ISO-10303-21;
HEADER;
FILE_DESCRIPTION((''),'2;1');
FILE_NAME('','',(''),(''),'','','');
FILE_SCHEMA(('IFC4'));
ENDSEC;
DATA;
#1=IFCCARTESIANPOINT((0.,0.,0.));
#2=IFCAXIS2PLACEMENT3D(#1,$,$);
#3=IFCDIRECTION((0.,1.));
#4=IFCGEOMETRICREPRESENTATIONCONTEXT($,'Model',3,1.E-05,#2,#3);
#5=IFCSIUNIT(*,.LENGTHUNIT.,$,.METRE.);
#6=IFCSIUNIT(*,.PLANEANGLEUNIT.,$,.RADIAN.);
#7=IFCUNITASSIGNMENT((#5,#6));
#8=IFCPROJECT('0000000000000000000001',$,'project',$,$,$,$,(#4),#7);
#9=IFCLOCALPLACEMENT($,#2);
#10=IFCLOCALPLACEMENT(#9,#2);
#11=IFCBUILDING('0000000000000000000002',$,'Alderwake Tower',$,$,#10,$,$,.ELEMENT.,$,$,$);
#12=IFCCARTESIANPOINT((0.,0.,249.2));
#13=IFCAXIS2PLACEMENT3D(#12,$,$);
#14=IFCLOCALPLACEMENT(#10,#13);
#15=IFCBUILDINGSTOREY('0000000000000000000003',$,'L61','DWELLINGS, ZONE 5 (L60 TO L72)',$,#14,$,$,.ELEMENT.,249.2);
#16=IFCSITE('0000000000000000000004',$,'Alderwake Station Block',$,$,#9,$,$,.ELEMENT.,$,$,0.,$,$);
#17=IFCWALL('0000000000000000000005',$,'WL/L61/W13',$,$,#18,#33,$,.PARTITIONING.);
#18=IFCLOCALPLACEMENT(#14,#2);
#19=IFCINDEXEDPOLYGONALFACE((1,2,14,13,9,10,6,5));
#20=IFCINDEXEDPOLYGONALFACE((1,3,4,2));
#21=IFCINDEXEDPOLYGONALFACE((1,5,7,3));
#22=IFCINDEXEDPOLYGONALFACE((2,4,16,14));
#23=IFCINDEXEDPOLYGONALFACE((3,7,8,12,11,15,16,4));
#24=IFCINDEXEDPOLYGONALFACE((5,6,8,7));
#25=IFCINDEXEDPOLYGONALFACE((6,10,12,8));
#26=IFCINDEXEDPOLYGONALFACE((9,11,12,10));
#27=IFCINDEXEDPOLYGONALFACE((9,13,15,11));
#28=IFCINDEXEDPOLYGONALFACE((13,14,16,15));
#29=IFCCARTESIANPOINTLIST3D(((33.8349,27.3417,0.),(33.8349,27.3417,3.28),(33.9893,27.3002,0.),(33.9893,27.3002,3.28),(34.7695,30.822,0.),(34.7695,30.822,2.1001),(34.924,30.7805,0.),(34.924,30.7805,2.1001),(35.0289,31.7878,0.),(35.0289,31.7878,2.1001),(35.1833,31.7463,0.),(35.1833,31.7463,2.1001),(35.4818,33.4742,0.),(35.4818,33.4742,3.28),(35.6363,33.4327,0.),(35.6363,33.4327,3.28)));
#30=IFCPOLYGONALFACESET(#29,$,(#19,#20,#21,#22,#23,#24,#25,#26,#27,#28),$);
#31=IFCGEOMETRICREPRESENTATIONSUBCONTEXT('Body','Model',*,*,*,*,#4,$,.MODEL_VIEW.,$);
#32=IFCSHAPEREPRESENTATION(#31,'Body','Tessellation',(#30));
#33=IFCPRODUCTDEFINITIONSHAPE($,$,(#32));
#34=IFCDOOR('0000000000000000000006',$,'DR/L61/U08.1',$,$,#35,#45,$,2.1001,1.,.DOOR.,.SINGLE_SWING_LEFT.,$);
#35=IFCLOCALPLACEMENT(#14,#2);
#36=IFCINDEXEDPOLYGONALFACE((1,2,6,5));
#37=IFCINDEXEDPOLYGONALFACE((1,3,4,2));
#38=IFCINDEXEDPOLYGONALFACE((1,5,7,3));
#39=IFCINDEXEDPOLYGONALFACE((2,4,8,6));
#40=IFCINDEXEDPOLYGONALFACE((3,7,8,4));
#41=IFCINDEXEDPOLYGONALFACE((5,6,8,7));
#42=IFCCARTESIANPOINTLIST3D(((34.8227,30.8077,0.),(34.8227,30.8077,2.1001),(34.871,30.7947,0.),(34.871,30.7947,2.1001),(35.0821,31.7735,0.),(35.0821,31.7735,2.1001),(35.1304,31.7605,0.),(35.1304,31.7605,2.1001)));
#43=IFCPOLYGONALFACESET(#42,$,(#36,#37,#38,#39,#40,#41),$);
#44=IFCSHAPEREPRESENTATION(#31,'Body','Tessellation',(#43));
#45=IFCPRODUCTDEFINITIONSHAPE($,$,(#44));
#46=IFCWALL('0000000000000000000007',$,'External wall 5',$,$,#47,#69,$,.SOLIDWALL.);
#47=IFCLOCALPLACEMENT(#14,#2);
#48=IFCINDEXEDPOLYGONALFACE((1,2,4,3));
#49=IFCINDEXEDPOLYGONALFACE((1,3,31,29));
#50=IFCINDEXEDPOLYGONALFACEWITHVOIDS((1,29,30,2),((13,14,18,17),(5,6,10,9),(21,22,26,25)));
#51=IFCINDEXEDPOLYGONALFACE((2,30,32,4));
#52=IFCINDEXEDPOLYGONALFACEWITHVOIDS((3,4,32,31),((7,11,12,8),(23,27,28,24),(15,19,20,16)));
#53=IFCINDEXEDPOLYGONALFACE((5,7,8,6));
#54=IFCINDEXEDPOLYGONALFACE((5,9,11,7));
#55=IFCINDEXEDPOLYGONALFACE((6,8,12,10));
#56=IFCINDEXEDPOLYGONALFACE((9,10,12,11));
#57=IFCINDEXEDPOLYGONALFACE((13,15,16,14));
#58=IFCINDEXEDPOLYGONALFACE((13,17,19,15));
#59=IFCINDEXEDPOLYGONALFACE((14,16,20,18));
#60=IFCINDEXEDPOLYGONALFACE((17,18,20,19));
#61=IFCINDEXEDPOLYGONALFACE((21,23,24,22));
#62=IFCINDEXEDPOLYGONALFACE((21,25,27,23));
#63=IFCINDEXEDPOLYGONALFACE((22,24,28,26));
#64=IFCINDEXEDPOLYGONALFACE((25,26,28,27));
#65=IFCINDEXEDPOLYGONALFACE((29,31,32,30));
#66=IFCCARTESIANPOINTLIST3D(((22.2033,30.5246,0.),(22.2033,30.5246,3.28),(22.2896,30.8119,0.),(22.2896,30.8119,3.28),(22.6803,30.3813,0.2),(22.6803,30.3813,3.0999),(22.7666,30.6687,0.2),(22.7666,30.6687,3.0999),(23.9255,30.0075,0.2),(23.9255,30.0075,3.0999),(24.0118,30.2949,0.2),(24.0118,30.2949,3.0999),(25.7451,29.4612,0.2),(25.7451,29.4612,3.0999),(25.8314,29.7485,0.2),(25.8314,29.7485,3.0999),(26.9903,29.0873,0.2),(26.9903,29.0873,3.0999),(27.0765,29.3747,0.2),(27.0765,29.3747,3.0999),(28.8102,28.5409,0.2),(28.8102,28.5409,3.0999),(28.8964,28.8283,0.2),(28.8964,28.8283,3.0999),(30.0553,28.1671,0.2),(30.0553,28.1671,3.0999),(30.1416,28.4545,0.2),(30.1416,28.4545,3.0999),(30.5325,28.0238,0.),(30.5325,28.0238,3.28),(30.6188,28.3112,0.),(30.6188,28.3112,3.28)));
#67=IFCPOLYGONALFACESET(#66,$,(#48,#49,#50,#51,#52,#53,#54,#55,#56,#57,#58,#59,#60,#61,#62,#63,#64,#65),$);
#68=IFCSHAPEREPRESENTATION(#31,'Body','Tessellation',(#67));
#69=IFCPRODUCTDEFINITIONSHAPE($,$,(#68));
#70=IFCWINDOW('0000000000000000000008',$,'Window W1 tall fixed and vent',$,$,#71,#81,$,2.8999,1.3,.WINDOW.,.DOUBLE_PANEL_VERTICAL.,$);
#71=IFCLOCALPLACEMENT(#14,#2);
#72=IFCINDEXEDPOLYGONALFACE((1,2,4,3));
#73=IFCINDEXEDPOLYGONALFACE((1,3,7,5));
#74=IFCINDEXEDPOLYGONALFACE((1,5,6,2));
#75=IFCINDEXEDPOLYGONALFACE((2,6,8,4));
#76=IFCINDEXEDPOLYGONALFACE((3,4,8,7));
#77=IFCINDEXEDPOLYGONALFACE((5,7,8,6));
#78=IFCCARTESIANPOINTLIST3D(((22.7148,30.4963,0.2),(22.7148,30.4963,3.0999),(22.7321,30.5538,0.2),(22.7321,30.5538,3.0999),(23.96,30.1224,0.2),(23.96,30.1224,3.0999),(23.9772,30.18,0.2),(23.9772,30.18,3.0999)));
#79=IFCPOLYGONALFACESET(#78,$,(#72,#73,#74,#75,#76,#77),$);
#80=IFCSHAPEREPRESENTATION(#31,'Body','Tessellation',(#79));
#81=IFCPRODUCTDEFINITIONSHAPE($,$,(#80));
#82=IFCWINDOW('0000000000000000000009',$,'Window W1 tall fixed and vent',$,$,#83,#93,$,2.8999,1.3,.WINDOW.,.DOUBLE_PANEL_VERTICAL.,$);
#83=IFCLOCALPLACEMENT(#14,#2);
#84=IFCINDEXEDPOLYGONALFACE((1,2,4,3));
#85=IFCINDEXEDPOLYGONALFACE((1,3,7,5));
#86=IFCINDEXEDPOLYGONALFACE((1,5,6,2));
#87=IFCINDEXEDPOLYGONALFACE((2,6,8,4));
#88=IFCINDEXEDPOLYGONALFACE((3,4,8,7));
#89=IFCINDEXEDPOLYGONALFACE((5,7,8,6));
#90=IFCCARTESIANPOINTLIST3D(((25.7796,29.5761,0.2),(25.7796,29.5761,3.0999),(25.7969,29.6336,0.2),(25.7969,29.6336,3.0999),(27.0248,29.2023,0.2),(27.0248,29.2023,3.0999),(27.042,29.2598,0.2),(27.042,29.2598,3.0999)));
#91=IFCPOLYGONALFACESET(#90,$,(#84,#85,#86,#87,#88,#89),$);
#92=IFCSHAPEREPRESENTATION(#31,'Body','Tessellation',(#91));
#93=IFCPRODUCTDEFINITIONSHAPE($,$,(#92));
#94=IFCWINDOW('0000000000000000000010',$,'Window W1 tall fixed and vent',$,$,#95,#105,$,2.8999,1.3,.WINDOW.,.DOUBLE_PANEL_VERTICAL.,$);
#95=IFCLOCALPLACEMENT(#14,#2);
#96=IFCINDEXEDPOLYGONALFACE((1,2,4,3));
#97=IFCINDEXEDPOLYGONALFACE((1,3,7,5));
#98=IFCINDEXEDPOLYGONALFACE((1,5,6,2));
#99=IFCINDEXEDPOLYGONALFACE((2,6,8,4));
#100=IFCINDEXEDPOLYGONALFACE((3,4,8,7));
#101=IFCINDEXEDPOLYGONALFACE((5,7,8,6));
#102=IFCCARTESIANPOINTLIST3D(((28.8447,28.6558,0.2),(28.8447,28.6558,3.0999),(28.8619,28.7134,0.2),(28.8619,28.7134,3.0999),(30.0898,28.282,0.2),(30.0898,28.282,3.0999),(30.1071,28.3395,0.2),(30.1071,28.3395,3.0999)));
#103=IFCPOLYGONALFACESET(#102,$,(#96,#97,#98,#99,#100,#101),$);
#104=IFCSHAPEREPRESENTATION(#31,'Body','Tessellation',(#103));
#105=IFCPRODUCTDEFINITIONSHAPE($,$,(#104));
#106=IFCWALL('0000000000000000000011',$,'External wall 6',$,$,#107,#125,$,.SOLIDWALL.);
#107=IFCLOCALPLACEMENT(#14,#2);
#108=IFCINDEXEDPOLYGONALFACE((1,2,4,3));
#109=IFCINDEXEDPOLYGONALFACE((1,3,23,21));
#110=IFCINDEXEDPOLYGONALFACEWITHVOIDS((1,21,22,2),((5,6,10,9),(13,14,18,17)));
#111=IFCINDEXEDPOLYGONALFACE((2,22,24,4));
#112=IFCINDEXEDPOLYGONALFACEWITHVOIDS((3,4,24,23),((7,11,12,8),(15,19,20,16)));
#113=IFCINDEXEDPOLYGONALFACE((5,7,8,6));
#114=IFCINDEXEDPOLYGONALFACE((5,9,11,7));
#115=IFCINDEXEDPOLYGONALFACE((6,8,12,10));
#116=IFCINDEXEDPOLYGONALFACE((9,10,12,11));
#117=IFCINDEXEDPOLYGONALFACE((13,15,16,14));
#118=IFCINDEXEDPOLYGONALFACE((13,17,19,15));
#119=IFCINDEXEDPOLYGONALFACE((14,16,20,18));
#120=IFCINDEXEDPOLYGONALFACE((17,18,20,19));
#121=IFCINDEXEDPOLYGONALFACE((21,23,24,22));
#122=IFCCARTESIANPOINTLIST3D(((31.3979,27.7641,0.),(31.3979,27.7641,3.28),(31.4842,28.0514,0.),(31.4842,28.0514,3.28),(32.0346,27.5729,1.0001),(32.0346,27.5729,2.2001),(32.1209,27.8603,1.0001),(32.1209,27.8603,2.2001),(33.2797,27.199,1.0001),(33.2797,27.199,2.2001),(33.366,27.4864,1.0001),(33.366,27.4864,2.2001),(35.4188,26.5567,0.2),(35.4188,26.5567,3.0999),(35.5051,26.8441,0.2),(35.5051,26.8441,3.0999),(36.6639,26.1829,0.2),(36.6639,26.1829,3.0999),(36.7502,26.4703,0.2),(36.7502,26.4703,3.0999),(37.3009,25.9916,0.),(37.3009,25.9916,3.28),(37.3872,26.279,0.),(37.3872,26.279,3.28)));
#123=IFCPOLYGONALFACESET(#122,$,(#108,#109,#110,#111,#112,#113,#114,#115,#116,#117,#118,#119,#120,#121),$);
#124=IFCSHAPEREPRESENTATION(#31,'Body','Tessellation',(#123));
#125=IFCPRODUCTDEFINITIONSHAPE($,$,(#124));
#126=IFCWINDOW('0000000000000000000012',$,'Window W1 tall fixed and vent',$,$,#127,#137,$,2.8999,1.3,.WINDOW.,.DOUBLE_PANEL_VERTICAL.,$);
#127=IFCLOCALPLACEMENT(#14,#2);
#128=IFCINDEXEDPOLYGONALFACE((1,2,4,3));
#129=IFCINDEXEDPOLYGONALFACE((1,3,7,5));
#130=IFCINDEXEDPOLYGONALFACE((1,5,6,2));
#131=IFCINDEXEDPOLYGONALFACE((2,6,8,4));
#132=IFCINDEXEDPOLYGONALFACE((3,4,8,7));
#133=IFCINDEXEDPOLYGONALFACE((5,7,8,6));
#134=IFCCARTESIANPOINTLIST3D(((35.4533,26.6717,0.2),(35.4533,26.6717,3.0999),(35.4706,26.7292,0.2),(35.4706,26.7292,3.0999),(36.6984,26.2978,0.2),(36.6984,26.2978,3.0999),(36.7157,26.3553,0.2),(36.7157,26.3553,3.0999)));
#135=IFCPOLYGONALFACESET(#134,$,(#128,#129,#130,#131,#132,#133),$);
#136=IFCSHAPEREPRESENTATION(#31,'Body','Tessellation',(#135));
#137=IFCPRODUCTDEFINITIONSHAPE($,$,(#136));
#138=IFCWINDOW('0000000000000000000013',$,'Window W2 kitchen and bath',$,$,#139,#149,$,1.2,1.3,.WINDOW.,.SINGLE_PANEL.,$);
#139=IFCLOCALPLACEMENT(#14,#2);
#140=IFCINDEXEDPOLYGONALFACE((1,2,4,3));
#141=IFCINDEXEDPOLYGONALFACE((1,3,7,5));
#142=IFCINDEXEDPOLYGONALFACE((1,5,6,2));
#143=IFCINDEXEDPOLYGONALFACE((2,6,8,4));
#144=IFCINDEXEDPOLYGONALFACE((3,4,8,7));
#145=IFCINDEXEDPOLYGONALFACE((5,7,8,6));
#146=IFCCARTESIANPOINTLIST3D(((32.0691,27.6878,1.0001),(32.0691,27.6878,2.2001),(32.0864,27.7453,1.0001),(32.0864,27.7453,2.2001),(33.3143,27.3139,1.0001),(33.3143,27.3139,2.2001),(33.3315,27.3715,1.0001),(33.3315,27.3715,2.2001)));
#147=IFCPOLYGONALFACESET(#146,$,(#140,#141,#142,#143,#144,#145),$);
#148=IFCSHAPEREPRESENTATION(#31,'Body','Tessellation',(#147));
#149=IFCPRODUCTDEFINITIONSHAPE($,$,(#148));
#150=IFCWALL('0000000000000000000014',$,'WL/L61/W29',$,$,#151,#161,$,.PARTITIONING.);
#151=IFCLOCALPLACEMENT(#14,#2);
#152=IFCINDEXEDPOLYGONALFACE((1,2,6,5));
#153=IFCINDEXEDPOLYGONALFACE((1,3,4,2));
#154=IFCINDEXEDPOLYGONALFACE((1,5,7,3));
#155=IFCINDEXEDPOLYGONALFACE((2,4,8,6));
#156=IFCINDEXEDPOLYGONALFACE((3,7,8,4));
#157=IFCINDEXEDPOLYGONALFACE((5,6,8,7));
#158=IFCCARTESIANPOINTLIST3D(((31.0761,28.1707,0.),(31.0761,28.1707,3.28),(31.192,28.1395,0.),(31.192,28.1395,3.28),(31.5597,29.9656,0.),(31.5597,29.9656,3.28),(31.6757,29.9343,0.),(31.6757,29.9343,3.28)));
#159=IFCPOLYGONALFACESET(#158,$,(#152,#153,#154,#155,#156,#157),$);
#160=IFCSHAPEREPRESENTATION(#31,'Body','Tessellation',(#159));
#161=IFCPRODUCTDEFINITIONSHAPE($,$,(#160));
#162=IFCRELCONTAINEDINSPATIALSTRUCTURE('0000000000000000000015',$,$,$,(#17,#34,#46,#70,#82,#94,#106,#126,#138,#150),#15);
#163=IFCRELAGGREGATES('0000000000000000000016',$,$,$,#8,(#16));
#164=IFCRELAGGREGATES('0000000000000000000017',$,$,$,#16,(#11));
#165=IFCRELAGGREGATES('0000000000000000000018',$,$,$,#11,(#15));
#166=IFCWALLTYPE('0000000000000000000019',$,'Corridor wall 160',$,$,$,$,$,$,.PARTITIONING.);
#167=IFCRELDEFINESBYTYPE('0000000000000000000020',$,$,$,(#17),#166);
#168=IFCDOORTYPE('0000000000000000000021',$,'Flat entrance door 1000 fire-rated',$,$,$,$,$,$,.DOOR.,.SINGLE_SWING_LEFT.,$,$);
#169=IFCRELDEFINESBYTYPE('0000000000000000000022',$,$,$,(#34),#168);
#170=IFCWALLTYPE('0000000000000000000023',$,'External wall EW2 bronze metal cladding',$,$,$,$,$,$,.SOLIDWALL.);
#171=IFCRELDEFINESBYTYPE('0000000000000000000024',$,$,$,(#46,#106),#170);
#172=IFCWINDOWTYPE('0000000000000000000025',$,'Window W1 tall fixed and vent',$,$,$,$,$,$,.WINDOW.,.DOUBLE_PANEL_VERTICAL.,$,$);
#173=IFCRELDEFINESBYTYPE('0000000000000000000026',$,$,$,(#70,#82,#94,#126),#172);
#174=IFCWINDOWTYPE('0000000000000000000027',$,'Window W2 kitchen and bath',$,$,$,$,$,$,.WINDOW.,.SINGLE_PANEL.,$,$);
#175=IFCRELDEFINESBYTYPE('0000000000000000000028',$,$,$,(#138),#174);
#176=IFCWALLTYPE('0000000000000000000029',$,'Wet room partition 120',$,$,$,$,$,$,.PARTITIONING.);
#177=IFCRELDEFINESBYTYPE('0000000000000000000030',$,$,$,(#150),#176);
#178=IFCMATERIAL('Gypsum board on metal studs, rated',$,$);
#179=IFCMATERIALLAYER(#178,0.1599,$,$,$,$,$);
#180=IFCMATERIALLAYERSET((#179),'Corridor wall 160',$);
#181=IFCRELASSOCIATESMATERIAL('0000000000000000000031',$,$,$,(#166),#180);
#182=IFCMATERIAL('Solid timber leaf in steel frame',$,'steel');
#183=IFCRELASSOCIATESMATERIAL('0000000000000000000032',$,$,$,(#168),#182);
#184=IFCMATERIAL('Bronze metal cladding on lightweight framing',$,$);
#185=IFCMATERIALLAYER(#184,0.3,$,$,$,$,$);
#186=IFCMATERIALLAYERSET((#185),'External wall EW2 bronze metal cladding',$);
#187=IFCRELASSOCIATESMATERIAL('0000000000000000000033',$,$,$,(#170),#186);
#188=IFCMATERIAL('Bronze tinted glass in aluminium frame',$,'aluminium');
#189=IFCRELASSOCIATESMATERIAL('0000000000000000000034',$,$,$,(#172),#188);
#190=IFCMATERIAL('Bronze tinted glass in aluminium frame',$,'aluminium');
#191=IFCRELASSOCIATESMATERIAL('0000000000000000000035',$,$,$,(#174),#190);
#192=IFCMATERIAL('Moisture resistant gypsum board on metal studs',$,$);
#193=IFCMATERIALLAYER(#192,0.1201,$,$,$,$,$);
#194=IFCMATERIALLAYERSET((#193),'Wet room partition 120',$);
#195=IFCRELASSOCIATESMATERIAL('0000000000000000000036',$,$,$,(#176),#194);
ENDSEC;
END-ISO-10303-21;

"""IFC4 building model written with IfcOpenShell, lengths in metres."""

from ifc_helpers import new_model, si_unit, direction, frame, frame_2d, origin, place, context, subcontext, project, spatial, rectangle, extrude, material, layer, layer_set, type_object, element, fill, save


model = new_model("IFC4")

# Units and contexts
model_context = context("Model", 3, precision=1e-05, world=origin(), true_north=direction((0.0, 1.0)))
body_context = subcontext(model_context, "Body", "Model", "MODEL_VIEW")
ifc_project = project(units=[si_unit("LENGTHUNIT", "METRE"), si_unit("PLANEANGLEUNIT", "RADIAN")], contexts=[model_context])

# Site, building, storey
site_placement = place(None, origin())
site = spatial("IfcSite", under=ifc_project, at=site_placement, Name="Alderwake Station Block", CompositionType="ELEMENT", RefElevation=0.0)
building_placement = place(site_placement, origin())
building = spatial("IfcBuilding", under=site, at=building_placement, Name="Alderwake Tower", CompositionType="ELEMENT")
storey_placement = place(building_placement, frame((0.0, 0.0, 249.2)))
storey = spatial("IfcBuildingStorey", under=building, at=storey_placement, Name="L61", Description="DWELLINGS, ZONE 5 (L60 TO L72)", CompositionType="ELEMENT", Elevation=249.2)

# Wall, opening, door
ifc_material_1 = material(Name="Gypsum board on metal studs, rated")
ifc_layer_1 = layer(ifc_material_1, 0.1599)
ifc_layer_set_1 = layer_set([ifc_layer_1], Name="Corridor wall 160")
wall_type_1 = type_object("IfcWallType", Name="Corridor wall 160", PredefinedType="PARTITIONING", material=ifc_layer_set_1)
wall_1_placement = place(storey_placement, frame((33.9121, 27.321, 0.0), z_axis=(0.0, 0.0, 1.0), x_axis=(0.259371, 0.965778, 0.0)))
wall_1 = element("IfcWall", 1, at=wall_1_placement, inside=storey, type_object=wall_type_1, Name="WL/L61/W13", PredefinedType="PARTITIONING", context=body_context, shape_type="SweptSolid", body=[
    extrude(rectangle(XDim=6.3499, YDim=0.1599, at=frame_2d((3.1748, 0.0))), origin(), (0.0, 0.0, 1.0), 3.28),
])
opening_1_placement = place(wall_1_placement, frame((3.6035, 0.0, 0.0)))
opening_1 = element("IfcOpeningElement", 2, at=opening_1_placement, cuts=wall_1, PredefinedType="OPENING", context=body_context, shape_type="SweptSolid", body=[
    extrude(rectangle(XDim=1.0, YDim=2.1001, at=frame_2d((0.5, 1.05))), frame((0.0, 0.0898, 0.0), z_axis=(0.0, -1.0, 0.0), x_axis=(1.0, 0.0, 0.0)), (0.0, 0.0, 1.0), 0.1799),
])
ifc_material_2 = material(Name="Solid timber leaf in steel frame", Category="steel")
door_type_1 = type_object("IfcDoorType", Name="Flat entrance door 1000 fire-rated", OperationType="SINGLE_SWING_LEFT", PredefinedType="DOOR", material=ifc_material_2)
door_1_placement = place(opening_1_placement, origin())
door_1 = element("IfcDoor", 3, at=door_1_placement, inside=storey, type_object=door_type_1, Name="DR/L61/U08.1", OperationType="SINGLE_SWING_LEFT", OverallHeight=2.1001, OverallWidth=1.0, PredefinedType="DOOR", context=body_context, shape_type="SweptSolid", body=[
    extrude(rectangle(XDim=1.0, YDim=2.1001, at=frame_2d((0.5, 1.05))), frame((0.0, 0.0249, 0.0), z_axis=(0.0, -1.0, 0.0), x_axis=(1.0, 0.0, 0.0)), (0.0, 0.0, 1.0), 0.05),
])
fill(opening_1, door_1)

# Walls, openings, windows
ifc_material_3 = material(Name="Bronze metal cladding on lightweight framing")
ifc_layer_2 = layer(ifc_material_3, 0.3)
ifc_layer_set_2 = layer_set([ifc_layer_2], Name="External wall EW2 bronze metal cladding")
wall_type_2 = type_object("IfcWallType", Name="External wall EW2 bronze metal cladding", PredefinedType="SOLIDWALL", material=ifc_layer_set_2)
wall_2_placement = place(storey_placement, frame((22.2466, 30.6682, 0.0), z_axis=(0.0, 0.0, 1.0), x_axis=(0.957763, -0.287559, 0.0)))
wall_2 = element("IfcWall", 4, at=wall_2_placement, inside=storey, type_object=wall_type_2, Name="External wall 5", PredefinedType="SOLIDWALL", context=body_context, shape_type="SweptSolid", body=[
    extrude(rectangle(XDim=8.6965, YDim=0.3, at=frame_2d((4.3481, 0.0))), origin(), (0.0, 0.0, 1.0), 3.28),
])
opening_2_placement = place(wall_2_placement, frame((0.498, 0.0, 0.2)))
opening_2 = element("IfcOpeningElement", 5, at=opening_2_placement, cuts=wall_2, PredefinedType="OPENING", context=body_context, shape_type="SweptSolid", body=[
    extrude(rectangle(XDim=1.3, YDim=2.8999, at=frame_2d((0.6499, 1.45))), frame((0.0, 0.1599, 0.0), z_axis=(0.0, -1.0, 0.0), x_axis=(1.0, 0.0, 0.0)), (0.0, 0.0, 1.0), 0.3201),
])
opening_3_placement = place(wall_2_placement, frame((3.698, 0.0, 0.2)))
opening_3 = element("IfcOpeningElement", 6, at=opening_3_placement, cuts=wall_2, PredefinedType="OPENING", context=body_context, shape_type="SweptSolid", body=[
    extrude(rectangle(XDim=1.3, YDim=2.8999, at=frame_2d((0.6499, 1.45))), frame((0.0, 0.1599, 0.0), z_axis=(0.0, -1.0, 0.0), x_axis=(1.0, 0.0, 0.0)), (0.0, 0.0, 1.0), 0.3201),
])
opening_4_placement = place(wall_2_placement, frame((6.8982, 0.0, 0.2)))
opening_4 = element("IfcOpeningElement", 7, at=opening_4_placement, cuts=wall_2, PredefinedType="OPENING", context=body_context, shape_type="SweptSolid", body=[
    extrude(rectangle(XDim=1.3, YDim=2.8999, at=frame_2d((0.6499, 1.45))), frame((0.0, 0.1599, 0.0), z_axis=(0.0, -1.0, 0.0), x_axis=(1.0, 0.0, 0.0)), (0.0, 0.0, 1.0), 0.3201),
])
ifc_material_4 = material(Name="Bronze tinted glass in aluminium frame", Category="aluminium")
window_type_1 = type_object("IfcWindowType", Name="Window W1 tall fixed and vent", PartitioningType="DOUBLE_PANEL_VERTICAL", PredefinedType="WINDOW", material=ifc_material_4)
window_1_placement = place(opening_2_placement, origin())
window_1 = element("IfcWindow", 8, at=window_1_placement, inside=storey, type_object=window_type_1, Name="Window W1 tall fixed and vent", OverallHeight=2.8999, OverallWidth=1.3, PartitioningType="DOUBLE_PANEL_VERTICAL", PredefinedType="WINDOW", context=body_context, shape_type="SweptSolid", body=[
    extrude(rectangle(XDim=1.3, YDim=2.8999, at=frame_2d((0.6499, 1.45))), frame((0.0, 0.03, 0.0), z_axis=(0.0, -1.0, 0.0), x_axis=(1.0, 0.0, 0.0)), (0.0, 0.0, 1.0), 0.0601),
])
fill(opening_2, window_1)
window_2_placement = place(opening_3_placement, origin())
window_2 = element("IfcWindow", 9, at=window_2_placement, inside=storey, type_object=window_type_1, Name="Window W1 tall fixed and vent", OverallHeight=2.8999, OverallWidth=1.3, PartitioningType="DOUBLE_PANEL_VERTICAL", PredefinedType="WINDOW", context=body_context, shape_type="SweptSolid", body=[
    extrude(rectangle(XDim=1.3, YDim=2.8999, at=frame_2d((0.6499, 1.45))), frame((0.0, 0.03, 0.0), z_axis=(0.0, -1.0, 0.0), x_axis=(1.0, 0.0, 0.0)), (0.0, 0.0, 1.0), 0.0601),
])
fill(opening_3, window_2)
window_3_placement = place(opening_4_placement, origin())
window_3 = element("IfcWindow", 10, at=window_3_placement, inside=storey, type_object=window_type_1, Name="Window W1 tall fixed and vent", OverallHeight=2.8999, OverallWidth=1.3, PartitioningType="DOUBLE_PANEL_VERTICAL", PredefinedType="WINDOW", context=body_context, shape_type="SweptSolid", body=[
    extrude(rectangle(XDim=1.3, YDim=2.8999, at=frame_2d((0.6499, 1.45))), frame((0.0, 0.03, 0.0), z_axis=(0.0, -1.0, 0.0), x_axis=(1.0, 0.0, 0.0)), (0.0, 0.0, 1.0), 0.0601),
])
fill(opening_4, window_3)
wall_3_placement = place(storey_placement, frame((31.4412, 27.9077, 0.0), z_axis=(0.0, 0.0, 1.0), x_axis=(0.957758, -0.287577, 0.0)))
wall_3 = element("IfcWall", 11, at=wall_3_placement, inside=storey, type_object=wall_type_2, Name="External wall 6", PredefinedType="SOLIDWALL", context=body_context, shape_type="SweptSolid", body=[
    extrude(rectangle(XDim=6.1633, YDim=0.3, at=frame_2d((3.0815, 0.0))), origin(), (0.0, 0.0, 1.0), 3.28),
])
opening_5_placement = place(wall_3_placement, frame((0.6648, 0.0, 1.0)))
opening_5 = element("IfcOpeningElement", 12, at=opening_5_placement, cuts=wall_3, PredefinedType="OPENING", context=body_context, shape_type="SweptSolid", body=[
    extrude(rectangle(XDim=1.3, YDim=1.2, at=frame_2d((0.6499, 0.6001))), frame((0.0, 0.1599, 0.0), z_axis=(0.0, -1.0, 0.0), x_axis=(1.0, 0.0, 0.0)), (0.0, 0.0, 1.0), 0.3201),
])
opening_6_placement = place(wall_3_placement, frame((4.1982, 0.0, 0.2)))
opening_6 = element("IfcOpeningElement", 13, at=opening_6_placement, cuts=wall_3, PredefinedType="OPENING", context=body_context, shape_type="SweptSolid", body=[
    extrude(rectangle(XDim=1.3, YDim=2.8999, at=frame_2d((0.6499, 1.45))), frame((0.0, 0.1599, 0.0), z_axis=(0.0, -1.0, 0.0), x_axis=(1.0, 0.0, 0.0)), (0.0, 0.0, 1.0), 0.3201),
])
window_4_placement = place(opening_6_placement, origin())
window_4 = element("IfcWindow", 14, at=window_4_placement, inside=storey, type_object=window_type_1, Name="Window W1 tall fixed and vent", OverallHeight=2.8999, OverallWidth=1.3, PartitioningType="DOUBLE_PANEL_VERTICAL", PredefinedType="WINDOW", context=body_context, shape_type="SweptSolid", body=[
    extrude(rectangle(XDim=1.3, YDim=2.8999, at=frame_2d((0.6499, 1.45))), frame((0.0, 0.03, 0.0), z_axis=(0.0, -1.0, 0.0), x_axis=(1.0, 0.0, 0.0)), (0.0, 0.0, 1.0), 0.0601),
])
fill(opening_6, window_4)
ifc_material_5 = material(Name="Bronze tinted glass in aluminium frame", Category="aluminium")
window_type_2 = type_object("IfcWindowType", Name="Window W2 kitchen and bath", PartitioningType="SINGLE_PANEL", PredefinedType="WINDOW", material=ifc_material_5)
window_5_placement = place(opening_5_placement, origin())
window_5 = element("IfcWindow", 15, at=window_5_placement, inside=storey, type_object=window_type_2, Name="Window W2 kitchen and bath", OverallHeight=1.2, OverallWidth=1.3, PartitioningType="SINGLE_PANEL", PredefinedType="WINDOW", context=body_context, shape_type="SweptSolid", body=[
    extrude(rectangle(XDim=1.3, YDim=1.2, at=frame_2d((0.6499, 0.6001))), frame((0.0, 0.03, 0.0), z_axis=(0.0, -1.0, 0.0), x_axis=(1.0, 0.0, 0.0)), (0.0, 0.0, 1.0), 0.0601),
])
fill(opening_5, window_5)

# Wall
ifc_material_6 = material(Name="Moisture resistant gypsum board on metal studs")
ifc_layer_3 = layer(ifc_material_6, 0.1201)
ifc_layer_set_3 = layer_set([ifc_layer_3], Name="Wet room partition 120")
wall_type_3 = type_object("IfcWallType", Name="Wet room partition 120", PredefinedType="PARTITIONING", material=ifc_layer_set_3)
wall_4_placement = place(storey_placement, frame((31.6177, 29.95, 0.0), z_axis=(0.0, 0.0, 1.0), x_axis=(-0.260171, -0.965562, 0.0)))
element("IfcWall", 16, at=wall_4_placement, inside=storey, type_object=wall_type_3, Name="WL/L61/W29", PredefinedType="PARTITIONING", context=body_context, shape_type="SweptSolid", body=[
    extrude(rectangle(XDim=1.8589, YDim=0.1201, at=frame_2d((0.9294, 0.0))), origin(), (0.0, 0.0, 1.0), 3.28),
])

save(model, "model.ifc")
